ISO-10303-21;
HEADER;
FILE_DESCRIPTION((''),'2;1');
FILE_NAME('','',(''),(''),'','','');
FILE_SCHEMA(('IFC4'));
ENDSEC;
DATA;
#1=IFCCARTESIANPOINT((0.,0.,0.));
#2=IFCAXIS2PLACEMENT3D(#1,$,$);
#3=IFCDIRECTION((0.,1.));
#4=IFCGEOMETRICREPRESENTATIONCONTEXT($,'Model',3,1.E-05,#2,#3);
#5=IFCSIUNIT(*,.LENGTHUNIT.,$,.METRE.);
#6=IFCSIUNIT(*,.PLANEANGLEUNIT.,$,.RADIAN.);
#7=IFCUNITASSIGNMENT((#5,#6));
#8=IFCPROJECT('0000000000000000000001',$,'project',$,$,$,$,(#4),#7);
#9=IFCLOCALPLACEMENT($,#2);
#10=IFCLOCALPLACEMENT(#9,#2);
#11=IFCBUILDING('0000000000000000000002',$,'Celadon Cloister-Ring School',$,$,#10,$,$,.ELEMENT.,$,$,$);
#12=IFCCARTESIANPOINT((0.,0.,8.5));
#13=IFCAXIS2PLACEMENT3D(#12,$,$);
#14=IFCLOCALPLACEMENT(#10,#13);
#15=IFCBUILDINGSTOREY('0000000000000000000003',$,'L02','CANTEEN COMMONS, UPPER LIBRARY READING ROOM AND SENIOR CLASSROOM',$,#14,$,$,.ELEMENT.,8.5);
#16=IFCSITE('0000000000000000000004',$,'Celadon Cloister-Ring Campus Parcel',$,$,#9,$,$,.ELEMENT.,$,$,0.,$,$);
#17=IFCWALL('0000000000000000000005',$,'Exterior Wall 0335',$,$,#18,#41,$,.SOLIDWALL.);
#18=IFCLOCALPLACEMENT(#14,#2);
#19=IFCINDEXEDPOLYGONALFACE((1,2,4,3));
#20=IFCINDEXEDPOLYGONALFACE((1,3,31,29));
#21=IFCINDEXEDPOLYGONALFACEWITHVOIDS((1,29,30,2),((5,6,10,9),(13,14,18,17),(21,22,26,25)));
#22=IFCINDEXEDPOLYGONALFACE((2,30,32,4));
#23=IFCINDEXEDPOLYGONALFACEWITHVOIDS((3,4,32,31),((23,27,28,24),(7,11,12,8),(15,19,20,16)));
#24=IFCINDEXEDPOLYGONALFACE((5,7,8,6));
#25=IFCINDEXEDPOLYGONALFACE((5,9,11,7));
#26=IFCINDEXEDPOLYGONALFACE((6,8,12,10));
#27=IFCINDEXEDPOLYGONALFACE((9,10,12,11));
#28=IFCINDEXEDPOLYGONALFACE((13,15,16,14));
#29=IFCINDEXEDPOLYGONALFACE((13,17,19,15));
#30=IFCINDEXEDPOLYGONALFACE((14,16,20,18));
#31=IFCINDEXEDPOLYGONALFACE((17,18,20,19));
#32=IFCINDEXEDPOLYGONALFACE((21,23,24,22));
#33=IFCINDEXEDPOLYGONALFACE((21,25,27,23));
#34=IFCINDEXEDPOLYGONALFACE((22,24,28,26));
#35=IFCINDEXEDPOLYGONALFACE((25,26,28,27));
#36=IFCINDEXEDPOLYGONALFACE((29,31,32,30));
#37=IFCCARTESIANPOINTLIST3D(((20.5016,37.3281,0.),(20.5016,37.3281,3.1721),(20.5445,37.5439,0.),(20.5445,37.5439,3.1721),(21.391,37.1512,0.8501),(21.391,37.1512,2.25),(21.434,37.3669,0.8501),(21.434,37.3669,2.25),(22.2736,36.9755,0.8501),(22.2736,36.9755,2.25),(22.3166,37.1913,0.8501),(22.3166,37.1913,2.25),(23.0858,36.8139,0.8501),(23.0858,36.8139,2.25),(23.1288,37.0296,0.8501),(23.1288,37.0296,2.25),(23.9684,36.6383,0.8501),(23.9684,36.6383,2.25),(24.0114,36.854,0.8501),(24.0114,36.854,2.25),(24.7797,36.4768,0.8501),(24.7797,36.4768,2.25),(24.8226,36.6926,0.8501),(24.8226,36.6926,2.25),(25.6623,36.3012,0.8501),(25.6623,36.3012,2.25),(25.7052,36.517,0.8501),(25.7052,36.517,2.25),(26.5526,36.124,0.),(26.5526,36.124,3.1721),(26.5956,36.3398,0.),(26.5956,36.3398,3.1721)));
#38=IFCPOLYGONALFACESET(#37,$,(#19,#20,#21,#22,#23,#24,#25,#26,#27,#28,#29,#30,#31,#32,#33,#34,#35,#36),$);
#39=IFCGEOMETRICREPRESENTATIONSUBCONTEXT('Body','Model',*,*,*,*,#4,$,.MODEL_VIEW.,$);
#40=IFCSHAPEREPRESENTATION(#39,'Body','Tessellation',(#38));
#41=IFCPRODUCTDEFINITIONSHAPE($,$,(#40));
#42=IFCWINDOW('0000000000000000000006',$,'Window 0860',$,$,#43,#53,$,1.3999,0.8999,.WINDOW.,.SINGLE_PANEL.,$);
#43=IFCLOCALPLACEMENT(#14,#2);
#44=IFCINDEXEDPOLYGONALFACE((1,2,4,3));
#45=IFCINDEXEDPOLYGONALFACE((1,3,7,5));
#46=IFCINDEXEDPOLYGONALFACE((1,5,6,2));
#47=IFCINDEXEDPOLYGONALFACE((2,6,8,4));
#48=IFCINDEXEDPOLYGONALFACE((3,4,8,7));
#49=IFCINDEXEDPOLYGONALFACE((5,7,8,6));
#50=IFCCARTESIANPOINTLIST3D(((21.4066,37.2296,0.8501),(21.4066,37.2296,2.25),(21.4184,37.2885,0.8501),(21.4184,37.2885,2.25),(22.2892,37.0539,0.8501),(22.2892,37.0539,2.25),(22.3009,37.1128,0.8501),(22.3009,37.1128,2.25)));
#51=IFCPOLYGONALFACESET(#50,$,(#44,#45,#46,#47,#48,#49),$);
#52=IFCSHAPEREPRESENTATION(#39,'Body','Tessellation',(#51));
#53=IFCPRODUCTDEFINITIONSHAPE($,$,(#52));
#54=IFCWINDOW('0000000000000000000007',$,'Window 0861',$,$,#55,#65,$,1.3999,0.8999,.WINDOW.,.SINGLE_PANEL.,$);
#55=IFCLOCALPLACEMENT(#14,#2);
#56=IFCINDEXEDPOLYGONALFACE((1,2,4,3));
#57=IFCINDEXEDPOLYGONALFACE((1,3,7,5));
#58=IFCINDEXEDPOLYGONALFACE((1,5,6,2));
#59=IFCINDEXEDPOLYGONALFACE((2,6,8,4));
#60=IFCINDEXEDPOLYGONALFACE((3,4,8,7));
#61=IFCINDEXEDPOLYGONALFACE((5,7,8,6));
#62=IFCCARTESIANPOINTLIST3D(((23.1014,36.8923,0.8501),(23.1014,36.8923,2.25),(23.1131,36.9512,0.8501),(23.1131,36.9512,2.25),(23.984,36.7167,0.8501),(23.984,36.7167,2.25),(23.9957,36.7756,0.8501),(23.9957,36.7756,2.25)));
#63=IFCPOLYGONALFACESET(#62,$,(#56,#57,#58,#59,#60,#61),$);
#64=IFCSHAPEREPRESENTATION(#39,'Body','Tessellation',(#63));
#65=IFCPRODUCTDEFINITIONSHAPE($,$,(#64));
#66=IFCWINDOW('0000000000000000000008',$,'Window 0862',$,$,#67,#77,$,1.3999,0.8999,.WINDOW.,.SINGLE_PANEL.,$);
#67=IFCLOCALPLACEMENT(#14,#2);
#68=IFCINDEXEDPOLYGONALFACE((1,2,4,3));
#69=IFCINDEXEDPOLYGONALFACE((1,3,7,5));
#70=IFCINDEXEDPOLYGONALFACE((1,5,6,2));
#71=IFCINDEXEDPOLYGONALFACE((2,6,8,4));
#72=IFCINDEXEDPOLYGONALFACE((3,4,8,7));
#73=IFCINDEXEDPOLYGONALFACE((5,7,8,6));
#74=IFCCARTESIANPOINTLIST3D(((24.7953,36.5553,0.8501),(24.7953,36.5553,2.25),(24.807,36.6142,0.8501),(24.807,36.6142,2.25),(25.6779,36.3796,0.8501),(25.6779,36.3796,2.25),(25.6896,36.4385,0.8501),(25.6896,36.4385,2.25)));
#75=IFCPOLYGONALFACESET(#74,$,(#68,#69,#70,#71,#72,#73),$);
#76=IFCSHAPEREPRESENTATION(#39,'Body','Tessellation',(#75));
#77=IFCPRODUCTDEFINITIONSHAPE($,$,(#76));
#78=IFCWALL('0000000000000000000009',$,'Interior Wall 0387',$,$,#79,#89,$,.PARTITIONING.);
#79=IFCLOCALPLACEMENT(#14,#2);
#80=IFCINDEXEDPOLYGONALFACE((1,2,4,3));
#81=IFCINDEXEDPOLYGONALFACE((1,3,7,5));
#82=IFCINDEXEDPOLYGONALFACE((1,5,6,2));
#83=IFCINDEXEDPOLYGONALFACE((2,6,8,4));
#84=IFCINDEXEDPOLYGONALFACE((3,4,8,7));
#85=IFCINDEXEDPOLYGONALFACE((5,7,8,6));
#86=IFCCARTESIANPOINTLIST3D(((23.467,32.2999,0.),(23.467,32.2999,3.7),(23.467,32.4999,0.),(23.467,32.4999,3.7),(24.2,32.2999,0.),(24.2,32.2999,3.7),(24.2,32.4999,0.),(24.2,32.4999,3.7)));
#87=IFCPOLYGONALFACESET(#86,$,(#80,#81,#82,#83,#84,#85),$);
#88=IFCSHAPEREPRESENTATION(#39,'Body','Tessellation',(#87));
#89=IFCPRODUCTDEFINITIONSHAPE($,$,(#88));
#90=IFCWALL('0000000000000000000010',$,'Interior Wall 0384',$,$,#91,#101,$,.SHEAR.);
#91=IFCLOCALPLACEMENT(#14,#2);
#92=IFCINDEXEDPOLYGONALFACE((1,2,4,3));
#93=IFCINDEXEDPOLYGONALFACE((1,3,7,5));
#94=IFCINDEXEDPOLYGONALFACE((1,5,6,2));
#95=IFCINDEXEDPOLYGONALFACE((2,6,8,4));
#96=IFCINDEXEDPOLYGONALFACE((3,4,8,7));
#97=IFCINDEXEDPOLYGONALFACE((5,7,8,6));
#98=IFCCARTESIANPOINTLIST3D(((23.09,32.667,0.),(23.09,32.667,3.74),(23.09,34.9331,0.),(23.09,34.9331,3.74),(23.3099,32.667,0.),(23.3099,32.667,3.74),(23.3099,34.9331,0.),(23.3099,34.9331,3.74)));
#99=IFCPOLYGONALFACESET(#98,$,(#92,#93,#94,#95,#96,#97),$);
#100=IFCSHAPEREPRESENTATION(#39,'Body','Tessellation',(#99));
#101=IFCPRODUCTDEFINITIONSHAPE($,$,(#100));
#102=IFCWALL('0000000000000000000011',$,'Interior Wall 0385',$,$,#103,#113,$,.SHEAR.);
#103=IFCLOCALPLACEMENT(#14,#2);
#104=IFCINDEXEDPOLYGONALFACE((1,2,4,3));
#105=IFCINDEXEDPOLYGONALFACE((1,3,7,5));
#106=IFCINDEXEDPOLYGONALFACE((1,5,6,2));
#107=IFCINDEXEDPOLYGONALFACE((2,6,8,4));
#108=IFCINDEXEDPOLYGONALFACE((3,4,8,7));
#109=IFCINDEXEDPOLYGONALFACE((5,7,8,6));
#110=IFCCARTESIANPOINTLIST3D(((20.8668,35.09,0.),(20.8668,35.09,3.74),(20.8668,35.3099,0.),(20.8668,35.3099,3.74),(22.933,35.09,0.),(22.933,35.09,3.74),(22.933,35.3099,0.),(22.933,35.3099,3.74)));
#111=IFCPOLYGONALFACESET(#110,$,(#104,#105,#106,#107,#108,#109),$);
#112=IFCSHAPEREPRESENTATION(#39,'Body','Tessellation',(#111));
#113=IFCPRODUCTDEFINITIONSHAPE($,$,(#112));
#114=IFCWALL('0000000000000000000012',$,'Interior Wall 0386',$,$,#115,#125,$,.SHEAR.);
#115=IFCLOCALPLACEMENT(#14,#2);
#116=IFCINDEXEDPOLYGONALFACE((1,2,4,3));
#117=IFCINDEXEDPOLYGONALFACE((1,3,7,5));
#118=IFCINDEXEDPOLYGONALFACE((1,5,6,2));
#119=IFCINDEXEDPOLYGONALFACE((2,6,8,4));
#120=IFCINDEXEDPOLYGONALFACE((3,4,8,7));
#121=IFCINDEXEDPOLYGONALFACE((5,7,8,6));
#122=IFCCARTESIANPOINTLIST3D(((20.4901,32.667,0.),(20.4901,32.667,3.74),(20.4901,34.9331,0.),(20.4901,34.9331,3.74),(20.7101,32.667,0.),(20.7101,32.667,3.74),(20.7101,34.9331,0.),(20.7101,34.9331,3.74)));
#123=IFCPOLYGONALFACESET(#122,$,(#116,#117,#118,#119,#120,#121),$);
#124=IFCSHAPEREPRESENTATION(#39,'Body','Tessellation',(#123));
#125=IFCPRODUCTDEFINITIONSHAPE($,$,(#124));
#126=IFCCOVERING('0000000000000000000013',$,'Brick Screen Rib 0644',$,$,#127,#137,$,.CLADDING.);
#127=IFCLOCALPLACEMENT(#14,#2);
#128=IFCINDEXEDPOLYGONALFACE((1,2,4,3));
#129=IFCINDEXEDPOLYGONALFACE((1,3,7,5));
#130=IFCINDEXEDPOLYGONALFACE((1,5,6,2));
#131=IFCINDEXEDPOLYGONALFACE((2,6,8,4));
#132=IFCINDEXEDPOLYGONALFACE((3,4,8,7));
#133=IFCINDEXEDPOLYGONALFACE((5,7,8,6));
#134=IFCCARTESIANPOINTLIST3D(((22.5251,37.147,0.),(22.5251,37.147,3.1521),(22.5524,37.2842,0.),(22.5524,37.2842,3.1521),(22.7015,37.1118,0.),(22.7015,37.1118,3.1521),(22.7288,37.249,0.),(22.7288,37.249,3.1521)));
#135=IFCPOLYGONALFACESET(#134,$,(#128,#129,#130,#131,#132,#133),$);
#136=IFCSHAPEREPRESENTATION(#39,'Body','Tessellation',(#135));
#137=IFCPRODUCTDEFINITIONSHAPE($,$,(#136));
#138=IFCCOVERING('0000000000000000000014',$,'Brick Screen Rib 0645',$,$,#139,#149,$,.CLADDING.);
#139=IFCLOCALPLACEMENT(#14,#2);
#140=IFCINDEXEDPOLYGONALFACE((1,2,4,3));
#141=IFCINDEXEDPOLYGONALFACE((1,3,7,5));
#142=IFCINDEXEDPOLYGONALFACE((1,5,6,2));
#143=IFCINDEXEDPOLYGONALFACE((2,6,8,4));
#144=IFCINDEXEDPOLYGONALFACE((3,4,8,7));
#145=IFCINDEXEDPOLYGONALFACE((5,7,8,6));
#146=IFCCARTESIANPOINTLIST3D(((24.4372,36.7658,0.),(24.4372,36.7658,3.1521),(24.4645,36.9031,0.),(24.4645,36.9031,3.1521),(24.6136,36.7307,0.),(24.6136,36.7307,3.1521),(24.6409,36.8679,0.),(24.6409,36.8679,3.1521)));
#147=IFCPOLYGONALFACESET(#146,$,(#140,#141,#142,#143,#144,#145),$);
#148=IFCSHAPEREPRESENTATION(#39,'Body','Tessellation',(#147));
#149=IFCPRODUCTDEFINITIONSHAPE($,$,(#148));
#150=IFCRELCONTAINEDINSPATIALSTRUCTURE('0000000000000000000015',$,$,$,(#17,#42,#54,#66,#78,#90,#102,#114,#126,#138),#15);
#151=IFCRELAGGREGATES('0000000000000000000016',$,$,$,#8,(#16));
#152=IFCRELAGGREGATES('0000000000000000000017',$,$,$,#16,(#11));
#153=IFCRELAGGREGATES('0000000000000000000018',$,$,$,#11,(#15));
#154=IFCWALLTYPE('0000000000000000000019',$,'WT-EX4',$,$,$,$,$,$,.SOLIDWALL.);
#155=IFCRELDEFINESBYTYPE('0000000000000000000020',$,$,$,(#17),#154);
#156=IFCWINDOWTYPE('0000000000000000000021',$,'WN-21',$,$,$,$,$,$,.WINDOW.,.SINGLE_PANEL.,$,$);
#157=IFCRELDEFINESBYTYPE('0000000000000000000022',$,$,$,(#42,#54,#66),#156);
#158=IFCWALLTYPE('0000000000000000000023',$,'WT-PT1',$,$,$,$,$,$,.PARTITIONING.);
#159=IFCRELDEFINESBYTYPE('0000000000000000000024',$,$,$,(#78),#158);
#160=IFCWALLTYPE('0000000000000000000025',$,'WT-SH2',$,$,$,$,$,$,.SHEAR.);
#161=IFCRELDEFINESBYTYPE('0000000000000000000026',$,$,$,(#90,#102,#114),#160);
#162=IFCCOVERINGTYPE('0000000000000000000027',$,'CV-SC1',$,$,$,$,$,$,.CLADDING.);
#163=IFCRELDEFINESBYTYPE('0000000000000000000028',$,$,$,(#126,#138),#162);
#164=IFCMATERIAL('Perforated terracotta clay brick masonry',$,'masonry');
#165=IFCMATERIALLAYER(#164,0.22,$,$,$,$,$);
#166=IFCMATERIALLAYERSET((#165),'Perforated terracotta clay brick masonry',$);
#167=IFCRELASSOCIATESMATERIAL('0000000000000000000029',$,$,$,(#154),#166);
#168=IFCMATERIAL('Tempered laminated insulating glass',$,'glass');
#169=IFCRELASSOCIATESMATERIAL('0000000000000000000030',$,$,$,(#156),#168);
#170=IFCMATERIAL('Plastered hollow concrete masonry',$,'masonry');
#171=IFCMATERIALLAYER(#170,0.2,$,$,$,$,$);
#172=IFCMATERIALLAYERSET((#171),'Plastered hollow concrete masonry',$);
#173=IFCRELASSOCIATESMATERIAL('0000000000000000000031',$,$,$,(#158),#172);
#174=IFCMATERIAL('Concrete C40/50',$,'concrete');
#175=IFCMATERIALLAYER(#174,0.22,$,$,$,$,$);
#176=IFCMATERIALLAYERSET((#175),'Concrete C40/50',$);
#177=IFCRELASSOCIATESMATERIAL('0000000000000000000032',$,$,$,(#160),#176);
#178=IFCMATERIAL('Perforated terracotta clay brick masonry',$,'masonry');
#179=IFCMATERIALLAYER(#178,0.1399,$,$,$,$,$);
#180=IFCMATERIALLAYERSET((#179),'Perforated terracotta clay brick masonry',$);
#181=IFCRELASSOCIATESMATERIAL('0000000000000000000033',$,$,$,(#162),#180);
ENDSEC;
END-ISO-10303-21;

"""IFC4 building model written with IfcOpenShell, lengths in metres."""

from ifc_helpers import new_model, si_unit, direction, frame, frame_2d, origin, origin_2d, place, context, subcontext, project, spatial, rectangle, extrude, material, layer, layer_set, type_object, element, fill, save


model = new_model("IFC4")

# Units and contexts
model_context = context("Model", 3, precision=1e-05, world=origin(), true_north=direction((0.0, 1.0)))
body_context = subcontext(model_context, "Body", "Model", "MODEL_VIEW")
ifc_project = project(units=[si_unit("LENGTHUNIT", "METRE"), si_unit("PLANEANGLEUNIT", "RADIAN")], contexts=[model_context])

# Site, building, storey
site_placement = place(None, origin())
site = spatial("IfcSite", under=ifc_project, at=site_placement, Name="Celadon Cloister-Ring Campus Parcel", CompositionType="ELEMENT", RefElevation=0.0)
building_placement = place(site_placement, origin())
building = spatial("IfcBuilding", under=site, at=building_placement, Name="Celadon Cloister-Ring School", CompositionType="ELEMENT")
storey_placement = place(building_placement, frame((0.0, 0.0, 8.5)))
storey = spatial("IfcBuildingStorey", under=building, at=storey_placement, Name="L02", Description="CANTEEN COMMONS, UPPER LIBRARY READING ROOM AND SENIOR CLASSROOM", CompositionType="ELEMENT", Elevation=8.5)

# Wall, openings, windows
ifc_material_1 = material(Name="Perforated terracotta clay brick masonry", Category="masonry")
ifc_layer_1 = layer(ifc_material_1, 0.22)
ifc_layer_set_1 = layer_set([ifc_layer_1], Name="Perforated terracotta clay brick masonry")
wall_type_1 = type_object("IfcWallType", Name="WT-EX4", PredefinedType="SOLIDWALL", material=ifc_layer_set_1)
wall_1_placement = place(storey_placement, frame((20.5229, 37.436, 0.0), z_axis=(0.0, 0.0, 1.0), x_axis=(0.98077, -0.195165, 0.0)))
wall_1 = element("IfcWall", 1, at=wall_1_placement, inside=storey, type_object=wall_type_1, Name="Exterior Wall 0335", PredefinedType="SOLIDWALL", context=body_context, shape_type="SweptSolid", body=[
    extrude(rectangle(XDim=6.1697, YDim=0.22, at=frame_2d((3.085, 0.0))), origin(), (0.0, 0.0, 1.0), 3.1721),
])
opening_1_placement = place(wall_1_placement, frame((0.907, 0.0, 0.8501)))
opening_1 = element("IfcOpeningElement", 2, at=opening_1_placement, cuts=wall_1, PredefinedType="OPENING", context=body_context, shape_type="SweptSolid", body=[
    extrude(rectangle(XDim=0.8999, YDim=1.3999, at=frame_2d((0.45, 0.7))), frame((0.0, 0.1201, 0.0), z_axis=(0.0, -1.0, 0.0), x_axis=(1.0, 0.0, 0.0)), (0.0, 0.0, 1.0), 0.24),
])
opening_2_placement = place(wall_1_placement, frame((2.635, 0.0, 0.8501)))
opening_2 = element("IfcOpeningElement", 3, at=opening_2_placement, cuts=wall_1, PredefinedType="OPENING", context=body_context, shape_type="SweptSolid", body=[
    extrude(rectangle(XDim=0.8999, YDim=1.3999, at=frame_2d((0.45, 0.7))), frame((0.0, 0.1201, 0.0), z_axis=(0.0, -1.0, 0.0), x_axis=(1.0, 0.0, 0.0)), (0.0, 0.0, 1.0), 0.24),
])
opening_3_placement = place(wall_1_placement, frame((4.3621, 0.0, 0.8501)))
opening_3 = element("IfcOpeningElement", 4, at=opening_3_placement, cuts=wall_1, PredefinedType="OPENING", context=body_context, shape_type="SweptSolid", body=[
    extrude(rectangle(XDim=0.8999, YDim=1.3999, at=frame_2d((0.45, 0.7))), frame((0.0, 0.1201, 0.0), z_axis=(0.0, -1.0, 0.0), x_axis=(1.0, 0.0, 0.0)), (0.0, 0.0, 1.0), 0.24),
])
ifc_material_2 = material(Name="Tempered laminated insulating glass", Category="glass")
window_type = type_object("IfcWindowType", Name="WN-21", PartitioningType="SINGLE_PANEL", PredefinedType="WINDOW", material=ifc_material_2)
window_1_placement = place(opening_1_placement, origin())
window_1 = element("IfcWindow", 5, at=window_1_placement, inside=storey, type_object=window_type, Name="Window 0860", OverallHeight=1.3999, OverallWidth=0.8999, PartitioningType="SINGLE_PANEL", PredefinedType="WINDOW", context=body_context, shape_type="SweptSolid", body=[
    extrude(rectangle(XDim=0.8999, YDim=1.3999, at=frame_2d((0.45, 0.7))), frame((0.0, 0.03, 0.0), z_axis=(0.0, -1.0, 0.0), x_axis=(1.0, 0.0, 0.0)), (0.0, 0.0, 1.0), 0.0601),
])
fill(opening_1, window_1)
window_2_placement = place(opening_2_placement, origin())
window_2 = element("IfcWindow", 6, at=window_2_placement, inside=storey, type_object=window_type, Name="Window 0861", OverallHeight=1.3999, OverallWidth=0.8999, PartitioningType="SINGLE_PANEL", PredefinedType="WINDOW", context=body_context, shape_type="SweptSolid", body=[
    extrude(rectangle(XDim=0.8999, YDim=1.3999, at=frame_2d((0.45, 0.7))), frame((0.0, 0.03, 0.0), z_axis=(0.0, -1.0, 0.0), x_axis=(1.0, 0.0, 0.0)), (0.0, 0.0, 1.0), 0.0601),
])
fill(opening_2, window_2)
window_3_placement = place(opening_3_placement, origin())
window_3 = element("IfcWindow", 7, at=window_3_placement, inside=storey, type_object=window_type, Name="Window 0862", OverallHeight=1.3999, OverallWidth=0.8999, PartitioningType="SINGLE_PANEL", PredefinedType="WINDOW", context=body_context, shape_type="SweptSolid", body=[
    extrude(rectangle(XDim=0.8999, YDim=1.3999, at=frame_2d((0.45, 0.7))), frame((0.0, 0.03, 0.0), z_axis=(0.0, -1.0, 0.0), x_axis=(1.0, 0.0, 0.0)), (0.0, 0.0, 1.0), 0.0601),
])
fill(opening_3, window_3)

# Walls
ifc_material_3 = material(Name="Plastered hollow concrete masonry", Category="masonry")
ifc_layer_2 = layer(ifc_material_3, 0.2)
ifc_layer_set_2 = layer_set([ifc_layer_2], Name="Plastered hollow concrete masonry")
wall_type_2 = type_object("IfcWallType", Name="WT-PT1", PredefinedType="PARTITIONING", material=ifc_layer_set_2)
wall_2_placement = place(storey_placement, frame((23.467, 32.3999, 0.0), z_axis=(0.0, 0.0, 1.0), x_axis=(1.0, 0.0, 0.0)))
element("IfcWall", 8, at=wall_2_placement, inside=storey, type_object=wall_type_2, Name="Interior Wall 0387", PredefinedType="PARTITIONING", context=body_context, shape_type="SweptSolid", body=[
    extrude(rectangle(XDim=0.7329, YDim=0.2, at=frame_2d((0.3665, 0.0))), origin(), (0.0, 0.0, 1.0), 3.7),
])
ifc_material_4 = material(Name="Concrete C40/50", Category="concrete")
ifc_layer_3 = layer(ifc_material_4, 0.22)
ifc_layer_set_3 = layer_set([ifc_layer_3], Name="Concrete C40/50")
wall_type_3 = type_object("IfcWallType", Name="WT-SH2", PredefinedType="SHEAR", material=ifc_layer_set_3)
wall_3_placement = place(storey_placement, frame((23.2, 32.667, 0.0), z_axis=(0.0, 0.0, 1.0), x_axis=(0.0, 1.0, 0.0)))
element("IfcWall", 9, at=wall_3_placement, inside=storey, type_object=wall_type_3, Name="Interior Wall 0384", PredefinedType="SHEAR", context=body_context, shape_type="SweptSolid", body=[
    extrude(rectangle(XDim=2.2661, YDim=0.22, at=frame_2d((1.1331, 0.0))), origin(), (0.0, 0.0, 1.0), 3.74),
])
wall_4_placement = place(storey_placement, frame((22.9331, 35.2, 0.0), z_axis=(0.0, 0.0, 1.0), x_axis=(-1.0, 0.0, 0.0)))
element("IfcWall", 10, at=wall_4_placement, inside=storey, type_object=wall_type_3, Name="Interior Wall 0385", PredefinedType="SHEAR", context=body_context, shape_type="SweptSolid", body=[
    extrude(rectangle(XDim=2.0662, YDim=0.22, at=frame_2d((1.0332, 0.0))), origin(), (0.0, 0.0, 1.0), 3.74),
])
wall_5_placement = place(storey_placement, frame((20.6001, 34.9331, 0.0), z_axis=(0.0, 0.0, 1.0), x_axis=(0.0, -1.0, 0.0)))
element("IfcWall", 11, at=wall_5_placement, inside=storey, type_object=wall_type_3, Name="Interior Wall 0386", PredefinedType="SHEAR", context=body_context, shape_type="SweptSolid", body=[
    extrude(rectangle(XDim=2.2661, YDim=0.22, at=frame_2d((1.1331, 0.0))), origin(), (0.0, 0.0, 1.0), 3.74),
])

# Coverings
ifc_material_5 = material(Name="Perforated terracotta clay brick masonry", Category="masonry")
ifc_layer_4 = layer(ifc_material_5, 0.1399)
ifc_layer_set_4 = layer_set([ifc_layer_4], Name="Perforated terracotta clay brick masonry")
covering_type = type_object("IfcCoveringType", Name="CV-SC1", PredefinedType="CLADDING", material=ifc_layer_set_4)
for number, where, z_axis, x_axis, name in (
    (12, (22.627, 37.198, 0.0), (0.0, 0.0, 1.0), (0.980775, -0.195142, 0.0), "Brick Screen Rib 0644"),
    (13, (24.5391, 36.8169, 0.0), (0.0, 0.0, 1.0), (0.980775, -0.195142, 0.0), "Brick Screen Rib 0645"),
):
    element("IfcCovering", number, at=place(storey_placement, frame(where, z_axis=z_axis, x_axis=x_axis)), inside=storey, type_object=covering_type, Name=name, PredefinedType="CLADDING", context=body_context, shape_type="SweptSolid", body=[
        extrude(rectangle(XDim=0.1799, YDim=0.1399, at=origin_2d()), origin(), (0.0, 0.0, 1.0), 3.1521),
    ])

save(model, "model.ifc")
